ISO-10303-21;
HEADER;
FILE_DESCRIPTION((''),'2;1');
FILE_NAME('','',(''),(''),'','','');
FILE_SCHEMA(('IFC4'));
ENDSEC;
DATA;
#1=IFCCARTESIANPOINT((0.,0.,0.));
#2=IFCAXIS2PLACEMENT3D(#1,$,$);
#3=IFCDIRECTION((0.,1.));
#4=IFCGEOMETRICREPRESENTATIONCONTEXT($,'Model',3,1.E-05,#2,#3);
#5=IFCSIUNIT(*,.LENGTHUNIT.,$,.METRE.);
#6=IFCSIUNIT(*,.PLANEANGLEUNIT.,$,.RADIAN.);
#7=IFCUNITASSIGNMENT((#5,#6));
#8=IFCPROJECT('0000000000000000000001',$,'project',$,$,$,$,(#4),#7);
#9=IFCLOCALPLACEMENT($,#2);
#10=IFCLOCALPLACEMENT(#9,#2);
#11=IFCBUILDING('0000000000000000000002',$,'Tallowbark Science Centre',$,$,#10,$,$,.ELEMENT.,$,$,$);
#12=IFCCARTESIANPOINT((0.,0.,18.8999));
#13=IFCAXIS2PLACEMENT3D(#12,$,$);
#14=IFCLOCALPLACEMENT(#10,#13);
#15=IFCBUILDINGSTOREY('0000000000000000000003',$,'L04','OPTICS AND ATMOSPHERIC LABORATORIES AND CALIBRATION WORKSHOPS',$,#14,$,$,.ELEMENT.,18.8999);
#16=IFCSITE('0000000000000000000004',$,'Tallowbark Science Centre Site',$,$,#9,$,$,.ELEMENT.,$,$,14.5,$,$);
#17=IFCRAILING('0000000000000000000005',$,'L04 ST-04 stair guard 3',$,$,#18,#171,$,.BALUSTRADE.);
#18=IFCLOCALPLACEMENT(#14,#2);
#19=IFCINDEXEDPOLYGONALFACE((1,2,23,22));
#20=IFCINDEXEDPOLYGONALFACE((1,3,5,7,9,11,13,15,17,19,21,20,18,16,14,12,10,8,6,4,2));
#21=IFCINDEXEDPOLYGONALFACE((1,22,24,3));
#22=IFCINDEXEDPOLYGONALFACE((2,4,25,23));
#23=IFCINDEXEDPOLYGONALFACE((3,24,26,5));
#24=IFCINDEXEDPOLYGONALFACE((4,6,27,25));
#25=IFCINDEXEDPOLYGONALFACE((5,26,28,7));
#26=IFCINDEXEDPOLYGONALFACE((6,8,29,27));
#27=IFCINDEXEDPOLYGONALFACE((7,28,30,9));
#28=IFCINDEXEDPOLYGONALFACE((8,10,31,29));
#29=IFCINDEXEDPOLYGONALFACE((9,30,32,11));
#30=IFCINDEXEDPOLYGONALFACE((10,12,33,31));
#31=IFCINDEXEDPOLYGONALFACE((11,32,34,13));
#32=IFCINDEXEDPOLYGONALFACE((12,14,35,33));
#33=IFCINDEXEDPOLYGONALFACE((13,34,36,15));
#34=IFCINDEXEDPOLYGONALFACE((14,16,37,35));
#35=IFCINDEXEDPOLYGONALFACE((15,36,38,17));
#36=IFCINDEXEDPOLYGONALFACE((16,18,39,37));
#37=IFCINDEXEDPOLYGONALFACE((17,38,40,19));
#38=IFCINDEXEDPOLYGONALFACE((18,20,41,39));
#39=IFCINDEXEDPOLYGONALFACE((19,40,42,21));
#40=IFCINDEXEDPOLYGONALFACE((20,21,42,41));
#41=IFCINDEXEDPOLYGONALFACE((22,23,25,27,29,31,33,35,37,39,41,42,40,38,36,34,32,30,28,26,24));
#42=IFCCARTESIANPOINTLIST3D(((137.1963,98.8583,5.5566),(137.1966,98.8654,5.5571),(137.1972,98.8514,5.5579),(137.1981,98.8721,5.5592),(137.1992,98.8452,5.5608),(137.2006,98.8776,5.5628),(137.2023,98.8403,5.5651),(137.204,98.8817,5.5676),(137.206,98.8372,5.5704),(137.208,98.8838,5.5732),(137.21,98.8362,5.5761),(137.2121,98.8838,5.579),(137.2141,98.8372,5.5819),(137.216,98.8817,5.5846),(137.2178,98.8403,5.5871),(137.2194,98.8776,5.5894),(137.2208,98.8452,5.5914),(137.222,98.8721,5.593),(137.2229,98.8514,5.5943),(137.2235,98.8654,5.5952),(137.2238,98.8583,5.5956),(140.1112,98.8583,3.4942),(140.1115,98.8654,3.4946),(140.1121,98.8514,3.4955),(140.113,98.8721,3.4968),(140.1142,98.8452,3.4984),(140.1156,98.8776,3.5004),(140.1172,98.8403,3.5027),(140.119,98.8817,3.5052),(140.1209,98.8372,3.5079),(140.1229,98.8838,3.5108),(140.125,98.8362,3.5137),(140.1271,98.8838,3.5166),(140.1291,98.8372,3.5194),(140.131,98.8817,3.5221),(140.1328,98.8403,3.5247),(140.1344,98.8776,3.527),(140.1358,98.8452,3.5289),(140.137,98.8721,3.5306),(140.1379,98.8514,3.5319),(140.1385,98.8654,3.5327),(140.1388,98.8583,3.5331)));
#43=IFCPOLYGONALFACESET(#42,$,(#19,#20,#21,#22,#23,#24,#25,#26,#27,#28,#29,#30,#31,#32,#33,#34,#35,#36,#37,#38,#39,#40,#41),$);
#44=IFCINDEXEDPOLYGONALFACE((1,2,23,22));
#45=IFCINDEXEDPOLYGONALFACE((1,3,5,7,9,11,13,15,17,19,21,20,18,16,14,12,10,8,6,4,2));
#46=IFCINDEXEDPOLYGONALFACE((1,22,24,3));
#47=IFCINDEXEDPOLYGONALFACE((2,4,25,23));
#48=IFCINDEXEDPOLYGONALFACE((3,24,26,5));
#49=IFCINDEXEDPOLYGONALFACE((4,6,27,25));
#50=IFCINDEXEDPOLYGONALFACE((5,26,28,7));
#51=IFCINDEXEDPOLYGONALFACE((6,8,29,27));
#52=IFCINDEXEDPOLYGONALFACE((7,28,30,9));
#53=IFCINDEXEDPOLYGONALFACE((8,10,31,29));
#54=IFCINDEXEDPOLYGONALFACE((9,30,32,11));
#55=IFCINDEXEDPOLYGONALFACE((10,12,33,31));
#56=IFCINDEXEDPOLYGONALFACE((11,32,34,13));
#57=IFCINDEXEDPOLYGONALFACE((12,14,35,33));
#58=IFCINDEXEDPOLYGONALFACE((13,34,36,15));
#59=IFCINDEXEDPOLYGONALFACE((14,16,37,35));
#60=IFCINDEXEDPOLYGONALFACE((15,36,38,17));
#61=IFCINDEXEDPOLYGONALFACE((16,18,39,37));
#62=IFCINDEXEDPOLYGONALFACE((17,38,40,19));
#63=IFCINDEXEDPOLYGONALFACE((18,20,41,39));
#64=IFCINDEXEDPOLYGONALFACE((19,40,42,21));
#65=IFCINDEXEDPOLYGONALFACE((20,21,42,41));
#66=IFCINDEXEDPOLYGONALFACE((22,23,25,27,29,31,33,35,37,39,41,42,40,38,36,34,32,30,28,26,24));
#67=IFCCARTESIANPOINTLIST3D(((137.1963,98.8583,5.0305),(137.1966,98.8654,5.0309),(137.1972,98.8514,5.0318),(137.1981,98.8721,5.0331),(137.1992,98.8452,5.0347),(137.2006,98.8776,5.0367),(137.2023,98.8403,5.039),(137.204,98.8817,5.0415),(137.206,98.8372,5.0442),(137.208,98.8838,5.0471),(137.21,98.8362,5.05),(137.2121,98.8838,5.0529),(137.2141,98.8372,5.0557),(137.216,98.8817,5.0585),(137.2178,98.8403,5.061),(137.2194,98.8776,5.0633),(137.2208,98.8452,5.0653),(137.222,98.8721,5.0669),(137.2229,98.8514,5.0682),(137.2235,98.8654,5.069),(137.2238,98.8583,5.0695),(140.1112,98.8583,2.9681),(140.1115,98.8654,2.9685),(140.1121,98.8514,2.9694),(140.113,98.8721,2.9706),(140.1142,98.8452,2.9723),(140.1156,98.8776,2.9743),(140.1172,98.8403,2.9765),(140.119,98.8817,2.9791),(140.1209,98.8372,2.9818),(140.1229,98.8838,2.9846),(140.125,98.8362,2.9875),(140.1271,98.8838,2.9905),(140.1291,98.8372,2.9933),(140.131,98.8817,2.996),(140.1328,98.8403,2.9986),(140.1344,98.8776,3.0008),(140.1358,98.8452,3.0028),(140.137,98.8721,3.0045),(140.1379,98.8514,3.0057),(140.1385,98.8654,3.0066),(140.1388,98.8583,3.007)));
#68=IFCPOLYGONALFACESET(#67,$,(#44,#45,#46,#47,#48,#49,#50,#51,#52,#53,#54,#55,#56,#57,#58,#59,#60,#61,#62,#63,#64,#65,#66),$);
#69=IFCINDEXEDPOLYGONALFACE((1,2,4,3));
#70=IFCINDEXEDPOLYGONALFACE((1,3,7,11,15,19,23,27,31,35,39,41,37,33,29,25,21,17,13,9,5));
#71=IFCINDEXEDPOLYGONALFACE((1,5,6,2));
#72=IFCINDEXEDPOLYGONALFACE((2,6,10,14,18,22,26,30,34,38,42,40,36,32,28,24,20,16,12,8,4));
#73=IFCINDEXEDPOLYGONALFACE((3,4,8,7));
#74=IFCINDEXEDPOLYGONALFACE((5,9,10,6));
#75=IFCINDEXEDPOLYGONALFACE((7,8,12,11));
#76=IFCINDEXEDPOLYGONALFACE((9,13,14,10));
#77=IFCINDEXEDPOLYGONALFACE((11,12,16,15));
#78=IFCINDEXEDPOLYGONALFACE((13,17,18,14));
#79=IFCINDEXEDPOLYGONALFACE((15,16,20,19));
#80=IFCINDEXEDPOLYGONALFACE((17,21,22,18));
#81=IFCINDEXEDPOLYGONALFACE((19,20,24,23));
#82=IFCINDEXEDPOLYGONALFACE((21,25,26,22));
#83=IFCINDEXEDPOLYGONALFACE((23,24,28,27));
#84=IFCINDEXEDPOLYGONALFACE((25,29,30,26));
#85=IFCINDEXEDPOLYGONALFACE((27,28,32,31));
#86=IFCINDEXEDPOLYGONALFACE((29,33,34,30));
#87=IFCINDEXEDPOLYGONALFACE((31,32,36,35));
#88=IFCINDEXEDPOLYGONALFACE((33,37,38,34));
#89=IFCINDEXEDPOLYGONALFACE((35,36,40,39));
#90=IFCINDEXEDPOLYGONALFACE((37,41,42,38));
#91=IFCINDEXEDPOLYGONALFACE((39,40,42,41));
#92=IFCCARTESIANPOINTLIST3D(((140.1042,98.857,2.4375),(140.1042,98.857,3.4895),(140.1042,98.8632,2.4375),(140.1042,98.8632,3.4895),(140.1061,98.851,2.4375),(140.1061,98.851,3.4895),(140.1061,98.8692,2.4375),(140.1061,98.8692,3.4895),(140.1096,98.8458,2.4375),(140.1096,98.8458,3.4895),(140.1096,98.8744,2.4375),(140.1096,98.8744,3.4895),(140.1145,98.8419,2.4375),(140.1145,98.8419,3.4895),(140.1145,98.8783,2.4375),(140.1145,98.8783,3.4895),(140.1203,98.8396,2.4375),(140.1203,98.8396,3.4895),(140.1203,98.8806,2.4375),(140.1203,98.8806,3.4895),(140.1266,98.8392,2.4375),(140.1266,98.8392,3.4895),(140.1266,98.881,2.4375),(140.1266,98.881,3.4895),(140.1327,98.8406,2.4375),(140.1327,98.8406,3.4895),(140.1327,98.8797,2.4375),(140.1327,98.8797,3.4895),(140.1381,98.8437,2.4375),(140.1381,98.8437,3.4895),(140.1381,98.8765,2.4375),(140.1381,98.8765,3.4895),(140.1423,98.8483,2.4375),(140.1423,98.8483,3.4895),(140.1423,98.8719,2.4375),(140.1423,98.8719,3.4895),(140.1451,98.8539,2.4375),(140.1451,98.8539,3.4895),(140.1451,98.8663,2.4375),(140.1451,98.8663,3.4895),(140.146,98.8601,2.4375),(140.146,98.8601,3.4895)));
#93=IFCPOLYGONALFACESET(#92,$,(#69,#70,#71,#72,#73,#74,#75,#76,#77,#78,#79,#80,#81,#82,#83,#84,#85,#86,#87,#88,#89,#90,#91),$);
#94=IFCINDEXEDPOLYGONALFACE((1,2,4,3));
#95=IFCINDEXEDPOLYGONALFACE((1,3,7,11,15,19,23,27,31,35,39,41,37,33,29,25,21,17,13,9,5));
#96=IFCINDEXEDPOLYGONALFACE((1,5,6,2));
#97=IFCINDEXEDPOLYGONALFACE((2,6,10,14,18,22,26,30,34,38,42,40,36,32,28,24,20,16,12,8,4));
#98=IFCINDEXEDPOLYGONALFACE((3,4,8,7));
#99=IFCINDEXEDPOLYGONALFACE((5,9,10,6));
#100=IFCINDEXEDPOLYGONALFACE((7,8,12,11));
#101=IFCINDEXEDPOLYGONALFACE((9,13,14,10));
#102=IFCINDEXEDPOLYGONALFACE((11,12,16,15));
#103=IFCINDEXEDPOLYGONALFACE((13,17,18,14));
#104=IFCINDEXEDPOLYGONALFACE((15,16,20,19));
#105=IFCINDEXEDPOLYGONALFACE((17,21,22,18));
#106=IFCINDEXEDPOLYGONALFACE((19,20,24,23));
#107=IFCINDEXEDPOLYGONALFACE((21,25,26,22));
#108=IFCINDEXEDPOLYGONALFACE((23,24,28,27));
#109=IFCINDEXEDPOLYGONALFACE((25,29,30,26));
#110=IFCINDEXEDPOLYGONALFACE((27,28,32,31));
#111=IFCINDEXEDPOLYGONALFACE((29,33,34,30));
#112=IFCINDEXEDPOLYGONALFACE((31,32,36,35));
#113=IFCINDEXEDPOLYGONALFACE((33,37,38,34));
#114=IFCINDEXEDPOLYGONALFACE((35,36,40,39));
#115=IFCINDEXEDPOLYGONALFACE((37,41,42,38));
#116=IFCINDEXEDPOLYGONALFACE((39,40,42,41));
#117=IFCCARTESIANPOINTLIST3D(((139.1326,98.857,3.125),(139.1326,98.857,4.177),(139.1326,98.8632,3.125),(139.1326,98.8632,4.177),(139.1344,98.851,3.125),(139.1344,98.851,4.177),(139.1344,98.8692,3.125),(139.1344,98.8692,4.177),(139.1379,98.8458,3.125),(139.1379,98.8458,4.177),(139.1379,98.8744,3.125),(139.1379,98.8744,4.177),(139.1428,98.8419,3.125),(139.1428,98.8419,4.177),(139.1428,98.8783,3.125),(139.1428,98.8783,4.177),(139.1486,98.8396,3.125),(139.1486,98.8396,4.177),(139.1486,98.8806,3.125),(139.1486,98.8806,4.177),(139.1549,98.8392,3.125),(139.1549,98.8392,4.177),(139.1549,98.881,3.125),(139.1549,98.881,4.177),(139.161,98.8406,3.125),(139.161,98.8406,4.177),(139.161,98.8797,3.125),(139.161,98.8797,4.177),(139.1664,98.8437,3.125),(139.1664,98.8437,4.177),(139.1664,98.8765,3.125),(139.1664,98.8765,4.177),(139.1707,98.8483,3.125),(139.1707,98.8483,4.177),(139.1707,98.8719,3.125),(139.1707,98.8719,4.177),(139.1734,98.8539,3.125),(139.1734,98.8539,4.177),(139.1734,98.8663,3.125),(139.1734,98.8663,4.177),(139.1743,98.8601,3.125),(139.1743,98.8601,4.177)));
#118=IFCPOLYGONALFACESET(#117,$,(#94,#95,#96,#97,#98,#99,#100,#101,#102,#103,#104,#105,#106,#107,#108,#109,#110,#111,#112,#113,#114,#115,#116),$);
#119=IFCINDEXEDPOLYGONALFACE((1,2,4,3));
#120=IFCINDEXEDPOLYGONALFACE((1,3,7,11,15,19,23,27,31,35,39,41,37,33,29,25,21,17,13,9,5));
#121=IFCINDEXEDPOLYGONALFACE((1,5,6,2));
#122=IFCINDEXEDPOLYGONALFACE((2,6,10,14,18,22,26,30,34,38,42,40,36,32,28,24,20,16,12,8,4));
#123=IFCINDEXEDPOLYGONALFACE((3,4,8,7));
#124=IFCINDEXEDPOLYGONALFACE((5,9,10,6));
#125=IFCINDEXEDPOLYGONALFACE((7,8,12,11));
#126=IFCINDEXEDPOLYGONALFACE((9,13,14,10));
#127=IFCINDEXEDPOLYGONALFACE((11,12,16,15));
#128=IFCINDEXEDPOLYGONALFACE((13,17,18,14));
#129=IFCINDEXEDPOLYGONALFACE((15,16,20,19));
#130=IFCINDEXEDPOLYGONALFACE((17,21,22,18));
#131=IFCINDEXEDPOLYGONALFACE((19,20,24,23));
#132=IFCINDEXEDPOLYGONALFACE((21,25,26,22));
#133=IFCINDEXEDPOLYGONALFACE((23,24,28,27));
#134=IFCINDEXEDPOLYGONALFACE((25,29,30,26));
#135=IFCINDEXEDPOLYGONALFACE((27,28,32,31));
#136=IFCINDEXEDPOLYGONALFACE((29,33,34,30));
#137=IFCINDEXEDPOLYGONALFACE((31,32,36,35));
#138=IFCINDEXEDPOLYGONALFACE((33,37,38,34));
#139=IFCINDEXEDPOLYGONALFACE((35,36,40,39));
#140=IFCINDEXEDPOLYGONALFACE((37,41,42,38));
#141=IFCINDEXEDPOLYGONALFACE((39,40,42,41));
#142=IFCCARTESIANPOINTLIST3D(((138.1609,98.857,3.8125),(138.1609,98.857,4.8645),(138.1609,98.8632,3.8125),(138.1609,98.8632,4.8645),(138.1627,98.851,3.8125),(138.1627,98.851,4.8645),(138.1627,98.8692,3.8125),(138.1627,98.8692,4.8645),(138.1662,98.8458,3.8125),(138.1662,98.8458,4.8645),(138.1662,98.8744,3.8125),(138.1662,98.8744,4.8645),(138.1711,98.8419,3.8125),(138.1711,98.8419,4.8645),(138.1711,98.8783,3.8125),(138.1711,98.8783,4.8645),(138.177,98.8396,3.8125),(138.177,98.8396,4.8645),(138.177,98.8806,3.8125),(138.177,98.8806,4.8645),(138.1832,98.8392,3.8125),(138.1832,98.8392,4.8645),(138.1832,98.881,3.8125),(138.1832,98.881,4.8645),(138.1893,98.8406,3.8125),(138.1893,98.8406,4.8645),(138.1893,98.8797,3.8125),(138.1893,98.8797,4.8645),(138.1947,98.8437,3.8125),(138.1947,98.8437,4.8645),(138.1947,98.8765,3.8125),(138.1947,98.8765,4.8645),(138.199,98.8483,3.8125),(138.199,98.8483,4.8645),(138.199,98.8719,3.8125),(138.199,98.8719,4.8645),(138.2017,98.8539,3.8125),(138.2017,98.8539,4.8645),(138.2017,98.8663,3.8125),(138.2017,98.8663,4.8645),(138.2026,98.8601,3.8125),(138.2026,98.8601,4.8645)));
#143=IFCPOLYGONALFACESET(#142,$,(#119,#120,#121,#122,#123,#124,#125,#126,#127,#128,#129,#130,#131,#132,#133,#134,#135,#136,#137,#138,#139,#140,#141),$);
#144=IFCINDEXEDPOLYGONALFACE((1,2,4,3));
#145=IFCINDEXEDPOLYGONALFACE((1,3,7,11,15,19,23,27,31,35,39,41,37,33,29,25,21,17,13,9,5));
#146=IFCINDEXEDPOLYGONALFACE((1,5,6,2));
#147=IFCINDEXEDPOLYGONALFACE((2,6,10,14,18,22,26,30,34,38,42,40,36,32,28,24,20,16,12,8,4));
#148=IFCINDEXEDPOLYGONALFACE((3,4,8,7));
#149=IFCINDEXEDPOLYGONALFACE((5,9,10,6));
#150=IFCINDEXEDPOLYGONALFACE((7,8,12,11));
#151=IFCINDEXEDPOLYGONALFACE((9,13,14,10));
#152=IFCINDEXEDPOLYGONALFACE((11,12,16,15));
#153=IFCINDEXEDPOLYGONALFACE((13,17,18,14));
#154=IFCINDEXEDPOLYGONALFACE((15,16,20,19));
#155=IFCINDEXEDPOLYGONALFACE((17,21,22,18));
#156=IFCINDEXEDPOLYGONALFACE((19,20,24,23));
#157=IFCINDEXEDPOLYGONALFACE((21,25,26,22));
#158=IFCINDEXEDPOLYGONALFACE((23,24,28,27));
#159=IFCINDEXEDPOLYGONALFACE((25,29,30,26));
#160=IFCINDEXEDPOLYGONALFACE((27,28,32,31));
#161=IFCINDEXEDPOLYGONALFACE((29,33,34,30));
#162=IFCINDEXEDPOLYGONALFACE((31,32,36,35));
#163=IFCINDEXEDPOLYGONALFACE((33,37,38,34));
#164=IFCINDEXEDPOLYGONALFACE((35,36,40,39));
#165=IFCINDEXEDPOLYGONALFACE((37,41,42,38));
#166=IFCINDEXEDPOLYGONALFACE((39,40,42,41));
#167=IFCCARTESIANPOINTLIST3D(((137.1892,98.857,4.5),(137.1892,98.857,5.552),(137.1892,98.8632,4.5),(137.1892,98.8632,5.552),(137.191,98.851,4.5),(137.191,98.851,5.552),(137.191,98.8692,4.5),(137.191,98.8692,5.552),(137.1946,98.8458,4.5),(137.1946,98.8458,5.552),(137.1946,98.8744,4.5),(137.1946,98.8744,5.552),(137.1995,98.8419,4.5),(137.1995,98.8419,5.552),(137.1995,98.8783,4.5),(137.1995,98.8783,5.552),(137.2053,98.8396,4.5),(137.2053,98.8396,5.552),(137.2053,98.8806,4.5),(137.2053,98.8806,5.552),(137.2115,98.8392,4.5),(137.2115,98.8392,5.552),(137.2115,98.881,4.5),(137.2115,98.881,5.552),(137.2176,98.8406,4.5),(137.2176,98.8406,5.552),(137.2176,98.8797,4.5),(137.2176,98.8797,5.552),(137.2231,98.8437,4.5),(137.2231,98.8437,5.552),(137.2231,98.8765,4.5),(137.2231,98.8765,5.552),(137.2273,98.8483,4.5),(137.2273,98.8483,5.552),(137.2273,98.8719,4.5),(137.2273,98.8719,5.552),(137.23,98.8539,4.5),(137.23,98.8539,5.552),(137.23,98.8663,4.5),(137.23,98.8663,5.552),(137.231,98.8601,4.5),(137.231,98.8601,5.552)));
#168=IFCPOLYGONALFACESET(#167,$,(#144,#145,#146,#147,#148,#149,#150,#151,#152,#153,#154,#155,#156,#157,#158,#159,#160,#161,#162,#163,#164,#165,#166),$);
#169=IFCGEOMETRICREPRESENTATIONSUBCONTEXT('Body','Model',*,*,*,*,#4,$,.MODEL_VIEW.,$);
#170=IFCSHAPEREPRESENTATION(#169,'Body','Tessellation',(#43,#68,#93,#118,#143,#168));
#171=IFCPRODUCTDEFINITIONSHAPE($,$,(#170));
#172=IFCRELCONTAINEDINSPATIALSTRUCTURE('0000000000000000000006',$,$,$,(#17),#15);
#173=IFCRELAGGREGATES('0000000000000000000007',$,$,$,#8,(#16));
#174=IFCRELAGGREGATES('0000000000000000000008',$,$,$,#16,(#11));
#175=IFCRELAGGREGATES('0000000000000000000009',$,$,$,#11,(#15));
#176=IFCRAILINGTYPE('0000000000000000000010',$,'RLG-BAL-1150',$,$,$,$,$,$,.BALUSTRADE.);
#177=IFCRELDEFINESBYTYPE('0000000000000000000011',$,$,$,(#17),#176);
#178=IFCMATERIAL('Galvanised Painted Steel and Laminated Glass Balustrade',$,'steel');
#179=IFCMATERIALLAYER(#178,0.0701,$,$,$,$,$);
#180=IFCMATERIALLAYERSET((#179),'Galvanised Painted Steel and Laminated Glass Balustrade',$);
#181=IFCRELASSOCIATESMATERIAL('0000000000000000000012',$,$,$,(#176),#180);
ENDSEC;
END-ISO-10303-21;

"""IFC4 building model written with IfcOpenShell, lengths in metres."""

from ifc_helpers import new_model, si_unit, direction, frame, origin, origin_2d, place, context, subcontext, project, spatial, circle, extrude, material, layer, layer_set, type_object, element, save


model = new_model("IFC4")

# Units and contexts
model_context = context("Model", 3, precision=1e-05, world=origin(), true_north=direction((0.0, 1.0)))
body_context = subcontext(model_context, "Body", "Model", "MODEL_VIEW")
ifc_project = project(units=[si_unit("LENGTHUNIT", "METRE"), si_unit("PLANEANGLEUNIT", "RADIAN")], contexts=[model_context])

# Site, building, storey
site_placement = place(None, origin())
site = spatial("IfcSite", under=ifc_project, at=site_placement, Name="Tallowbark Science Centre Site", CompositionType="ELEMENT", RefElevation=14.5)
building_placement = place(site_placement, origin())
building = spatial("IfcBuilding", under=site, at=building_placement, Name="Tallowbark Science Centre", CompositionType="ELEMENT")
storey_placement = place(building_placement, frame((0.0, 0.0, 18.8999)))
storey = spatial("IfcBuildingStorey", under=building, at=storey_placement, Name="L04", Description="OPTICS AND ATMOSPHERIC LABORATORIES AND CALIBRATION WORKSHOPS", CompositionType="ELEMENT", Elevation=18.8999)

# Railing
ifc_material_1 = material(Name="Galvanised Painted Steel and Laminated Glass Balustrade", Category="steel")
ifc_layer_1 = layer(ifc_material_1, 0.0701)
ifc_layer_set_1 = layer_set([ifc_layer_1], Name="Galvanised Painted Steel and Laminated Glass Balustrade")
railing_type_1 = type_object("IfcRailingType", Name="RLG-BAL-1150", PredefinedType="BALUSTRADE", material=ifc_layer_set_1)
railing_1_placement = place(storey_placement, frame((140.125, 98.8601, 2.4375)))
element("IfcRailing", 1, at=railing_1_placement, inside=storey, type_object=railing_type_1, Name="L04 ST-04 stair guard 3", PredefinedType="BALUSTRADE", context=body_context, shape_type="SweptSolid", body=[
    extrude(circle(Radius=0.0239, at=origin_2d()), frame((0.0, 0.0, 1.0762), z_axis=(-0.816331, 0.0, 0.577585), x_axis=(0.0, -1.0, 0.0)), (0.0, 0.0, 1.0), 3.5708),
    extrude(circle(Radius=0.0239, at=origin_2d()), frame((0.0, 0.0, 0.55), z_axis=(-0.816331, 0.0, 0.577585), x_axis=(0.0, -1.0, 0.0)), (0.0, 0.0, 1.0), 3.5708),
    extrude(circle(Radius=0.021, at=origin_2d()), origin(), (0.0, 0.0, 1.0), 1.052),
    extrude(circle(Radius=0.021, at=origin_2d()), frame((-0.9717, 0.0, 0.6875)), (0.0, 0.0, 1.0), 1.052),
    extrude(circle(Radius=0.021, at=origin_2d()), frame((-1.9434, 0.0, 1.375)), (0.0, 0.0, 1.0), 1.052),
    extrude(circle(Radius=0.021, at=origin_2d()), frame((-2.915, 0.0, 2.0625)), (0.0, 0.0, 1.0), 1.052),
])

save(model, "model.ifc")
